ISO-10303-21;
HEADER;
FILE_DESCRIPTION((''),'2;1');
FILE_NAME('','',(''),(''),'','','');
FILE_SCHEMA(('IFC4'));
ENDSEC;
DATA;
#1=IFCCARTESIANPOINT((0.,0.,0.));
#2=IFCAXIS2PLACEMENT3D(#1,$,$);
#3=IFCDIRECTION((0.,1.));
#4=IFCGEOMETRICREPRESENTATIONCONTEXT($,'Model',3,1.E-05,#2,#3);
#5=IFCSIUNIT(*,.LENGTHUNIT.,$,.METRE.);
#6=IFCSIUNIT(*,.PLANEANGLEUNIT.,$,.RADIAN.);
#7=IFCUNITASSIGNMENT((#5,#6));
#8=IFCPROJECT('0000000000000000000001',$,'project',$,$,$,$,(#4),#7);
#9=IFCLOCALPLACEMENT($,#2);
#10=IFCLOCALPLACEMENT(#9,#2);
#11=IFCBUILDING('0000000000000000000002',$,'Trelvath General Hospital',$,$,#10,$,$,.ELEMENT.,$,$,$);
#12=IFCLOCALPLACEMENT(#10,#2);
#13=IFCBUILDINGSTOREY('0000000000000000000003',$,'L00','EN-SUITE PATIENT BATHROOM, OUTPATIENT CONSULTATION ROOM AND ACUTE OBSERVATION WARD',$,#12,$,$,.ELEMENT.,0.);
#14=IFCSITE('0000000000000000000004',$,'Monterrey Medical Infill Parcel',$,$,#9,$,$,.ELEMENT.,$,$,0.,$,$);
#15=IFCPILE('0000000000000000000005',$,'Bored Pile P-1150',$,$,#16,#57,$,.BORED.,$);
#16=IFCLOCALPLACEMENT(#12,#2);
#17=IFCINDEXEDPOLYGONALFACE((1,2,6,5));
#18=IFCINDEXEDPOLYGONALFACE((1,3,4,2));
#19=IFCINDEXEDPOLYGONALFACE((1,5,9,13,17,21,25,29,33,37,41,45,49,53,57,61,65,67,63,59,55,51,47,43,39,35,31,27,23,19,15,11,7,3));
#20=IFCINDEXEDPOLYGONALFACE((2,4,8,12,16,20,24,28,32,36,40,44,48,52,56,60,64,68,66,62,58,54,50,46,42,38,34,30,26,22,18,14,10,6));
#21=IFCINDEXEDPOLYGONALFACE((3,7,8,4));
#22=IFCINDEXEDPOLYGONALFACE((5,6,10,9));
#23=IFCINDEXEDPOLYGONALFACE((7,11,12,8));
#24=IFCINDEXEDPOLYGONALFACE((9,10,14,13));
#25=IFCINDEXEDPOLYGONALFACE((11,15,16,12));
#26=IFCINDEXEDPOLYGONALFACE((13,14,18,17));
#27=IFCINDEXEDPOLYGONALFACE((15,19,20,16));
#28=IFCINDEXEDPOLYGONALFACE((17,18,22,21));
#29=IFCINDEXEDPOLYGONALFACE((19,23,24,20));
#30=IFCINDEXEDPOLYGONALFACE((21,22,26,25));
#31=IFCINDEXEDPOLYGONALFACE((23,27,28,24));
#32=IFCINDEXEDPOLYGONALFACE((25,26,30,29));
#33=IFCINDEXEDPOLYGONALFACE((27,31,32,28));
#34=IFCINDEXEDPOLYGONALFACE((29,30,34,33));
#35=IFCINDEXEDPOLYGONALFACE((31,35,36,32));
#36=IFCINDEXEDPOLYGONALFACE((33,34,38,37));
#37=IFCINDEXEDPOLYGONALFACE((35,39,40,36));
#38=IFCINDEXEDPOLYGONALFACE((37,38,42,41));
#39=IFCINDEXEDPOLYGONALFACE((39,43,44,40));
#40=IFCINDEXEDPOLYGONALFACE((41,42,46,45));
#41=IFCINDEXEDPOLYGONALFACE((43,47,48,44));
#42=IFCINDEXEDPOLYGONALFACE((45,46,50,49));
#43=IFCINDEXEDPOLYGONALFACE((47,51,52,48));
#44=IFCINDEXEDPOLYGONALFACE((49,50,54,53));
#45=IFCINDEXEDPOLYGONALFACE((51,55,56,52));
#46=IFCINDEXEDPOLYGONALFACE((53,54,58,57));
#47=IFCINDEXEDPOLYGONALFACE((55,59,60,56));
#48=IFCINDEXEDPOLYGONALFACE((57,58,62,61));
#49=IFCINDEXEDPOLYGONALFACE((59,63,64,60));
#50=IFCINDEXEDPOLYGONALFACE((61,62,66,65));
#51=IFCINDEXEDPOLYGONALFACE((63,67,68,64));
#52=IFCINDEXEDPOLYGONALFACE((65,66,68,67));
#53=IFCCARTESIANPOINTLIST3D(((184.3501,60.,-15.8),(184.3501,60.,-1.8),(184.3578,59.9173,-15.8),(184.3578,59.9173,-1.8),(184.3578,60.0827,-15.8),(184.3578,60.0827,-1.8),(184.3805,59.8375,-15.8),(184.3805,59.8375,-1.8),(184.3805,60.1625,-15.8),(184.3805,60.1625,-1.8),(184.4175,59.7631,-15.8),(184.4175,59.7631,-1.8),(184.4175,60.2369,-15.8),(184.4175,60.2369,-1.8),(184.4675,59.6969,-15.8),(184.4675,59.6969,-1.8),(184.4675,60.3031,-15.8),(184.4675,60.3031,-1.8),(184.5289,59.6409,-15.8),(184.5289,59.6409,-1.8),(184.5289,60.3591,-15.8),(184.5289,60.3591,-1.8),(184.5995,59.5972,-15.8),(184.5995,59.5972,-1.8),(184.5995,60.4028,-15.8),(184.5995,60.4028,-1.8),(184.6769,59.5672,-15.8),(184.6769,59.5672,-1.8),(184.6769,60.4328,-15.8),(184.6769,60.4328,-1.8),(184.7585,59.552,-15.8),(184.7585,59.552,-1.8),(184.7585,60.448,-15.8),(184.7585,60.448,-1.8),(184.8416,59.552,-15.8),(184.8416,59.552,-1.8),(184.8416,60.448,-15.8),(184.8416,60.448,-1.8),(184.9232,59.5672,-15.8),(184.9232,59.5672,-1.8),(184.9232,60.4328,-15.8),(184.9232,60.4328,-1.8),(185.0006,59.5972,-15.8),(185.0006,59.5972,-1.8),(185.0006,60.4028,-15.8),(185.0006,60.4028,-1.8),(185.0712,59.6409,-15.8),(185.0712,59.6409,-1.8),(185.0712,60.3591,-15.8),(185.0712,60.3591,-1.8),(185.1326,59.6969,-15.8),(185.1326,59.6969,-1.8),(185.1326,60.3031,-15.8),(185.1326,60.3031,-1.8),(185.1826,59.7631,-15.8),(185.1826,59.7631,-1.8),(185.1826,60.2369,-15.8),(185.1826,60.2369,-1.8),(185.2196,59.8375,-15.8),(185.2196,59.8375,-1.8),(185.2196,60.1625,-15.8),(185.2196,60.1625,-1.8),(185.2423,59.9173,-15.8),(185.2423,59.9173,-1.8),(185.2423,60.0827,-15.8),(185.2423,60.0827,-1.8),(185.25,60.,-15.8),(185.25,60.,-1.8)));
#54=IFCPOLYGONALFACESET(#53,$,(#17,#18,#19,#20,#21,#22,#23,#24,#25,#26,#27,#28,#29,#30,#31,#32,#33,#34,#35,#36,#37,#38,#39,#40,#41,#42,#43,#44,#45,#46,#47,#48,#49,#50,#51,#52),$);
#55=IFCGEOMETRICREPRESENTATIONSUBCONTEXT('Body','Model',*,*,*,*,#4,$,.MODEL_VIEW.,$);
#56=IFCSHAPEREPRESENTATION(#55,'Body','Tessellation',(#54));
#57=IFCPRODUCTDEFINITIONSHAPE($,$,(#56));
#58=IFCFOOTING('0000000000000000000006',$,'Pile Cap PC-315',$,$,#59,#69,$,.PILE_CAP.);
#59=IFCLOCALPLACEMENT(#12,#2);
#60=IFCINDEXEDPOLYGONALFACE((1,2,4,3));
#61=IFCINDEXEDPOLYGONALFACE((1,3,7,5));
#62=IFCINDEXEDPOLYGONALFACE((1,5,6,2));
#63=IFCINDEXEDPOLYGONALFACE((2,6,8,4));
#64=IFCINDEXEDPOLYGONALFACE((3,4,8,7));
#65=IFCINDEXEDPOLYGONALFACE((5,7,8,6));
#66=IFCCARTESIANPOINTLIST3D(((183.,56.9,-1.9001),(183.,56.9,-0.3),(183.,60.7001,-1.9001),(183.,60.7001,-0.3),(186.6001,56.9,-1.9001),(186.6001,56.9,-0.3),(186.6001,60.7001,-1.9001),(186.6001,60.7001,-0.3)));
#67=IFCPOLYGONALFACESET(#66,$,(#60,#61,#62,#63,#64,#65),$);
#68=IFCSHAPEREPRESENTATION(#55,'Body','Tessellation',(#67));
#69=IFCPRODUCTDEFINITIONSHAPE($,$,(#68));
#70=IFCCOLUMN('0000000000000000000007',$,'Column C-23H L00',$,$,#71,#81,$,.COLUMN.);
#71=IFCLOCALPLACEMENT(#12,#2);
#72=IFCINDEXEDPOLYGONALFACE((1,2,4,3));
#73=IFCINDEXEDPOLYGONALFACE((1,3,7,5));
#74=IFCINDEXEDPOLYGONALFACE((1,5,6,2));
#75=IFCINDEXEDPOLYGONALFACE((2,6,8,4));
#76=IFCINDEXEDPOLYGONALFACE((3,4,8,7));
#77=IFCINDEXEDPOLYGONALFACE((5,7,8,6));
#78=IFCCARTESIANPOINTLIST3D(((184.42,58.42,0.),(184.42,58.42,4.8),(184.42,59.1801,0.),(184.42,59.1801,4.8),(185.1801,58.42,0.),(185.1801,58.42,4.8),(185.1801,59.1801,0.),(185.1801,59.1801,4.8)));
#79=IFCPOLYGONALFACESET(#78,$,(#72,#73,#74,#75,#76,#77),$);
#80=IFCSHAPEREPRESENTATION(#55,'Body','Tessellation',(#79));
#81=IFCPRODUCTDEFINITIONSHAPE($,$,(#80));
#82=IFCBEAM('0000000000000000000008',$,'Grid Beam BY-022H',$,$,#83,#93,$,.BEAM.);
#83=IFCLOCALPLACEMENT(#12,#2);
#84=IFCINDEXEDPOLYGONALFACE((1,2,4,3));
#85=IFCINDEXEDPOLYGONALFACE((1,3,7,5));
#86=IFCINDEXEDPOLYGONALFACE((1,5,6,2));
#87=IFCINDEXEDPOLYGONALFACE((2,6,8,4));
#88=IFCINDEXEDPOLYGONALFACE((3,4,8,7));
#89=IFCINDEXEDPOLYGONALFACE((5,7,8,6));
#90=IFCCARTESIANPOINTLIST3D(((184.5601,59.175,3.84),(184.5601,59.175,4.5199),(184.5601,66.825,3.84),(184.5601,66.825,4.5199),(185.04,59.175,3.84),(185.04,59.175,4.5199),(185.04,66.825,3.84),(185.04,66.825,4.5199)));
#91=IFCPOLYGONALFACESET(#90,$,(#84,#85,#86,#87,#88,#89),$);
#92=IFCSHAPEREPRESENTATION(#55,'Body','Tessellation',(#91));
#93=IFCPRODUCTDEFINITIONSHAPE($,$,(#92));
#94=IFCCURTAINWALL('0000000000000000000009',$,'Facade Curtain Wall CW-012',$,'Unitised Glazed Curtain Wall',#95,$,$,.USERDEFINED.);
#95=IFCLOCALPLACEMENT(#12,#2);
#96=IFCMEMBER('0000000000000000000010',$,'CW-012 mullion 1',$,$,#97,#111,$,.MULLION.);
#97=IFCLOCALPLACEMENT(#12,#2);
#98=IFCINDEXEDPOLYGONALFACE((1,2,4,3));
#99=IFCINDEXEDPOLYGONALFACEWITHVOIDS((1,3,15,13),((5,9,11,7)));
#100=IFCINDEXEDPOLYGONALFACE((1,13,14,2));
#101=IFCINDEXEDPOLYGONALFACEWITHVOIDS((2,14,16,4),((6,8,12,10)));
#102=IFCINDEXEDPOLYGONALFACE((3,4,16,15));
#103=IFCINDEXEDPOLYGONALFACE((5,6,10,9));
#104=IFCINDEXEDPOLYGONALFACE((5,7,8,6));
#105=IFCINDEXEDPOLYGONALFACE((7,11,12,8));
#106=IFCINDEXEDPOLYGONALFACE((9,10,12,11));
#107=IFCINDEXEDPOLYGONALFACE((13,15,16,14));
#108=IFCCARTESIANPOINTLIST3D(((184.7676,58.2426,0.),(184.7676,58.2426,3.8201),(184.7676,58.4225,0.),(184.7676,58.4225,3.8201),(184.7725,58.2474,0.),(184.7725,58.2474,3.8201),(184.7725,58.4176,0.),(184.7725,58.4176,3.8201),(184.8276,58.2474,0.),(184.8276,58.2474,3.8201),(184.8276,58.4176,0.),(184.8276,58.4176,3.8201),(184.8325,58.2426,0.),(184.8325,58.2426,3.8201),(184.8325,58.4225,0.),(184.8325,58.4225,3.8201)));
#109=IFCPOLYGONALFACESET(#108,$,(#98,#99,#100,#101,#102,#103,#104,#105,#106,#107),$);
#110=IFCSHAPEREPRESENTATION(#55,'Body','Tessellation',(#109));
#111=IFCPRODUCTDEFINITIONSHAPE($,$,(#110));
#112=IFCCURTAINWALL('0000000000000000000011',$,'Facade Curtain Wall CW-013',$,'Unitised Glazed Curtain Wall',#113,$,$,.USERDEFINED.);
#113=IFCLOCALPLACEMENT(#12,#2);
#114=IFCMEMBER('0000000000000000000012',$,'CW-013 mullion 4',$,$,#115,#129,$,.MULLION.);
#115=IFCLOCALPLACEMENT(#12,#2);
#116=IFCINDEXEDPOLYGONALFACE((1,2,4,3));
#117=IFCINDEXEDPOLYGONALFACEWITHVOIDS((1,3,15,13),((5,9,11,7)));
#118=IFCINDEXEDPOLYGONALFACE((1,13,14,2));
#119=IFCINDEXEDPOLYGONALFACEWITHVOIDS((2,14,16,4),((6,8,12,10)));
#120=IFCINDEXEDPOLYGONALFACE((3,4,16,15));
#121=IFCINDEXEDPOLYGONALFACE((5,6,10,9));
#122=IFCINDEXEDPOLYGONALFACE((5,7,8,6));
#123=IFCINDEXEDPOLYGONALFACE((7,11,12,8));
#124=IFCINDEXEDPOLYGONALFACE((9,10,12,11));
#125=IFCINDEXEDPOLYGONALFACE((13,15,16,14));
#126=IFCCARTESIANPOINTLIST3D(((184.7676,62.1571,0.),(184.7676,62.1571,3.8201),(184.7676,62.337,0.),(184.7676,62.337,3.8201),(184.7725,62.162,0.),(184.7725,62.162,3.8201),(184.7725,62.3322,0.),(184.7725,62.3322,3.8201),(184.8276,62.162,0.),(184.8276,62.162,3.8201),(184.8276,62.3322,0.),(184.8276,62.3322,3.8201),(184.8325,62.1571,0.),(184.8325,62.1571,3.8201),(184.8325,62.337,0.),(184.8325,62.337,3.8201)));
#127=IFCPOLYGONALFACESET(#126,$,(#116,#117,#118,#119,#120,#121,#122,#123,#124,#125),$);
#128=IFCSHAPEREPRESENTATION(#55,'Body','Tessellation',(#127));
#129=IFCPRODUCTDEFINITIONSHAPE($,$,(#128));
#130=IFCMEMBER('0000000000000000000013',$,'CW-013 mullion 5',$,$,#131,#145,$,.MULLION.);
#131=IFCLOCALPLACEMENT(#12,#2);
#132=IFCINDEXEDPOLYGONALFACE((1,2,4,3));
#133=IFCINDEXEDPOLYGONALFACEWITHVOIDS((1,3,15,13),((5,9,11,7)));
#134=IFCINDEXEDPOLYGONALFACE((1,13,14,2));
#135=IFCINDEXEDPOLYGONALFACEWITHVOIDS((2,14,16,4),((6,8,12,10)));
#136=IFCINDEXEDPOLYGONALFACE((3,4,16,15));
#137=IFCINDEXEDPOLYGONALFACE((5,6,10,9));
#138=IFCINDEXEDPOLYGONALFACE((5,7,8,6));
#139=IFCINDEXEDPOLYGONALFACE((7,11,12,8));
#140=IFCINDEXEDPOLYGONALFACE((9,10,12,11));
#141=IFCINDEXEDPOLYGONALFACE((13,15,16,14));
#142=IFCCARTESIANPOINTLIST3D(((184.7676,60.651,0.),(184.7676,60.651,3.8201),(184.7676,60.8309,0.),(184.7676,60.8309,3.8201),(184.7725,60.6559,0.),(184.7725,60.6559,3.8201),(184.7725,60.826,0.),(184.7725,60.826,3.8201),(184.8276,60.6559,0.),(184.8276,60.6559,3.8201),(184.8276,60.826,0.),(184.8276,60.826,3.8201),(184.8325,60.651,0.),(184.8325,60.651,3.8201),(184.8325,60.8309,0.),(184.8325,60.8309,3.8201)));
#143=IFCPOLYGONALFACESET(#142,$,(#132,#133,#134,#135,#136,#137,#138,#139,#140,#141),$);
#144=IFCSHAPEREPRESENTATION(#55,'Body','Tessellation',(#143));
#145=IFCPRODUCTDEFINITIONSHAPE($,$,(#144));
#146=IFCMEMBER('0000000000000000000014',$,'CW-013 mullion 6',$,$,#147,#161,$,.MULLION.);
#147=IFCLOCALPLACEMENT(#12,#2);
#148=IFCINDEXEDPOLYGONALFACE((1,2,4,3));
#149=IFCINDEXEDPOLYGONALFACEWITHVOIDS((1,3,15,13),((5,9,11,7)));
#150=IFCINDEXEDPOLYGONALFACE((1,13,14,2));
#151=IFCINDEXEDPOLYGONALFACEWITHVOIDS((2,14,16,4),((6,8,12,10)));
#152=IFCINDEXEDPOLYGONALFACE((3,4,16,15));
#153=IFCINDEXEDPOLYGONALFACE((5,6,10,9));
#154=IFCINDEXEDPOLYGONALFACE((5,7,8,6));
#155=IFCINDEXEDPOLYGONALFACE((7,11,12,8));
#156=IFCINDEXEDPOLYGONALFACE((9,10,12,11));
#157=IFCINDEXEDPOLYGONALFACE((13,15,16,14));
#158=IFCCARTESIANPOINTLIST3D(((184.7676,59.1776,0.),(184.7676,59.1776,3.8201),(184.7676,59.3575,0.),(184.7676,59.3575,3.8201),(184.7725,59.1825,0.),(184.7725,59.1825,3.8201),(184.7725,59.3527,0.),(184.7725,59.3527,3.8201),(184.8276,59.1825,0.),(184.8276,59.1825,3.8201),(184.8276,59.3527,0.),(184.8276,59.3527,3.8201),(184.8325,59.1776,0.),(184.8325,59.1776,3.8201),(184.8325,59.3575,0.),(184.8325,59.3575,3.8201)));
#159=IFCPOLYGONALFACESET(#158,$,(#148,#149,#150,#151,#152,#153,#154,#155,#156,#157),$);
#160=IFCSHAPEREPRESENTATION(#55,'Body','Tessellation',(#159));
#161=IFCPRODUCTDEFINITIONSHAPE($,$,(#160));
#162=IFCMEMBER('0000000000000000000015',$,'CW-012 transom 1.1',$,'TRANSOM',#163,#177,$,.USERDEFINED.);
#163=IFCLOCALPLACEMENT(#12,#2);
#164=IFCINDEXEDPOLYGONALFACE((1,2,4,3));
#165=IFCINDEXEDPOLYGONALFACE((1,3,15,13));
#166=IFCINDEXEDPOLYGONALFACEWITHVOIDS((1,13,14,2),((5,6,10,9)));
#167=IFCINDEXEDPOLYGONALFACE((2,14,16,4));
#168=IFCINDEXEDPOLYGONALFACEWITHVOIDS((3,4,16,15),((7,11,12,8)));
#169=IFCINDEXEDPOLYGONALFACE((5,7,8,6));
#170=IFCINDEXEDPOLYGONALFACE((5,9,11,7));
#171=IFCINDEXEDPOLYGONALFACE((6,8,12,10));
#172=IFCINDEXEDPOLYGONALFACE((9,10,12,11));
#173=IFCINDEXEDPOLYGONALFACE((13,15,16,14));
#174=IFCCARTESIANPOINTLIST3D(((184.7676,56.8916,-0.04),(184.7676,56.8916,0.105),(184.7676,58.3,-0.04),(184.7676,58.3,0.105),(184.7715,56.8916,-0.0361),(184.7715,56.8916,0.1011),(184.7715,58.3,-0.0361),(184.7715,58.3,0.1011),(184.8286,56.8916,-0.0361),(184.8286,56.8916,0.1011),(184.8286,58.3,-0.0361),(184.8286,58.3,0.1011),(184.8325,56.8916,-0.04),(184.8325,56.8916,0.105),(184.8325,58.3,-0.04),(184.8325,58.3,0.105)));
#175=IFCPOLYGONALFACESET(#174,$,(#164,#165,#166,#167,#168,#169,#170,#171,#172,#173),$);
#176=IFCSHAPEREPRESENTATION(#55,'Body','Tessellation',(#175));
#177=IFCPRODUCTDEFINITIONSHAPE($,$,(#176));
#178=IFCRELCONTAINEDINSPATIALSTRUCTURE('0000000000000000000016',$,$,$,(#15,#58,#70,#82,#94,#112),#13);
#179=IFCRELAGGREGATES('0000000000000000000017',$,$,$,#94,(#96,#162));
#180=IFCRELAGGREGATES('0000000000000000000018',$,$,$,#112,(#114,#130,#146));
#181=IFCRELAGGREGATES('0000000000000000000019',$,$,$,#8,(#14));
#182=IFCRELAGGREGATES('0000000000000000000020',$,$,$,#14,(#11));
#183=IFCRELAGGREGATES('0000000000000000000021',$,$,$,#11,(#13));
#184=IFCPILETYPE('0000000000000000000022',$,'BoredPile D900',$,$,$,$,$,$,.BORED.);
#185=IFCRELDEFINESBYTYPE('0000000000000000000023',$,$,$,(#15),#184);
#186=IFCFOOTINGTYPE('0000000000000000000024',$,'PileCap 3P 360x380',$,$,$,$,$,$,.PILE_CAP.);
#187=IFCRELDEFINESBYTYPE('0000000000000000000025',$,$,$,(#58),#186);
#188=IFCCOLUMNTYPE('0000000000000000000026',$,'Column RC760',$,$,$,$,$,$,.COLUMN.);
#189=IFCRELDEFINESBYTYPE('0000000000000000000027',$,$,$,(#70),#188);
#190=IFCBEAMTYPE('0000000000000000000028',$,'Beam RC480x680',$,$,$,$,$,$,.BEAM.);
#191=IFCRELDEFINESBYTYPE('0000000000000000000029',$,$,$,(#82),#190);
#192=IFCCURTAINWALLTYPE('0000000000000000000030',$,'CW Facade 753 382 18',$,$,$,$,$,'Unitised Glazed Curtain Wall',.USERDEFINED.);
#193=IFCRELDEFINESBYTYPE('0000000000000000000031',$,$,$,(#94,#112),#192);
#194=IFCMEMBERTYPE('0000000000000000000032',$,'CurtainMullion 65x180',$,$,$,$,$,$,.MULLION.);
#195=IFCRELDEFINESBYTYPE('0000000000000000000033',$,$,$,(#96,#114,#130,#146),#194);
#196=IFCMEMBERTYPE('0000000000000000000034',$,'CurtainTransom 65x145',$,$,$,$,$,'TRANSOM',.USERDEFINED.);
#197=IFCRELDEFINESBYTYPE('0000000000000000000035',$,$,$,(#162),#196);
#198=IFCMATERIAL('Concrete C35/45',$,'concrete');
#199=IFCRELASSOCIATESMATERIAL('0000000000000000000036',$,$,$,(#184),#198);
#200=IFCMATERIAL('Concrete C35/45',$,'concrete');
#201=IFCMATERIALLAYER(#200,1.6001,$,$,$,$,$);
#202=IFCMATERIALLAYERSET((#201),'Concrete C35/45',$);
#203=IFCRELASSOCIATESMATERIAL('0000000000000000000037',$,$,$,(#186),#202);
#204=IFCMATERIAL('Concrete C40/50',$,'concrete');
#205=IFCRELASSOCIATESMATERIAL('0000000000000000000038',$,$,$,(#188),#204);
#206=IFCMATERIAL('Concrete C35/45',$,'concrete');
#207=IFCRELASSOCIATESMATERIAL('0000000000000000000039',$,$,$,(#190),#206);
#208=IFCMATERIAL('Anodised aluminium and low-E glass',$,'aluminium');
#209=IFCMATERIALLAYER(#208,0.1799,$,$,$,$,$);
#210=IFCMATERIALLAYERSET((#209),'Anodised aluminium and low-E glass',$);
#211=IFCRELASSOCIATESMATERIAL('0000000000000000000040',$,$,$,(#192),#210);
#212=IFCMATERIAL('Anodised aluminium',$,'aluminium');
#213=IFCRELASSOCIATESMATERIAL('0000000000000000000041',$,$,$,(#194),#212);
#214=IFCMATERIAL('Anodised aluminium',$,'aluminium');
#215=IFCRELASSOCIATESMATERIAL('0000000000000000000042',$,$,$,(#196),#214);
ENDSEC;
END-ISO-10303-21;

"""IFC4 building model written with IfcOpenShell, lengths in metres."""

from ifc_helpers import new_model, si_unit, direction, frame, origin, origin_2d, place, context, subcontext, project, spatial, rectangle, hollow_rectangle, circle, extrude, material, layer, layer_set, material_profile, profile_set, type_object, element, aggregate, save


model = new_model("IFC4")

# Units and contexts
model_context = context("Model", 3, precision=1e-05, world=origin(), true_north=direction((0.0, 1.0)))
body_context = subcontext(model_context, "Body", "Model", "MODEL_VIEW")
ifc_project = project(units=[si_unit("LENGTHUNIT", "METRE"), si_unit("PLANEANGLEUNIT", "RADIAN")], contexts=[model_context])

# Site, building, storey
site_placement = place(None, origin())
site = spatial("IfcSite", under=ifc_project, at=site_placement, Name="Monterrey Medical Infill Parcel", CompositionType="ELEMENT", RefElevation=0.0)
building_placement = place(site_placement, origin())
building = spatial("IfcBuilding", under=site, at=building_placement, Name="Trelvath General Hospital", CompositionType="ELEMENT")
storey_placement = place(building_placement, origin())
storey = spatial("IfcBuildingStorey", under=building, at=storey_placement, Name="L00", Description="EN-SUITE PATIENT BATHROOM, OUTPATIENT CONSULTATION ROOM AND ACUTE OBSERVATION WARD", CompositionType="ELEMENT", Elevation=0.0)

# Pile
ifc_material_1 = material(Name="Concrete C35/45", Category="concrete")
ifc_material_profile_1 = material_profile(ifc_material_1, circle(Radius=0.45, at=origin_2d()), Name="PILE900")
ifc_profile_set_1 = profile_set([ifc_material_profile_1], Name="Concrete C35/45")
pile_type = type_object("IfcPileType", Name="BoredPile D900", PredefinedType="BORED", material=ifc_profile_set_1)
pile_placement = place(storey_placement, frame((184.8, 60.0, -1.8), z_axis=(0.0, 0.0, -1.0), x_axis=(1.0, 0.0, 0.0)))
element("IfcPile", 1, at=pile_placement, inside=storey, type_object=pile_type, Name="Bored Pile P-1150", PredefinedType="BORED", context=body_context, shape_type="SweptSolid", body=[
    extrude(circle(Radius=0.45, at=origin_2d()), origin(), (0.0, 0.0, 1.0), 14.0),
])

# Footing
ifc_material_2 = material(Name="Concrete C35/45", Category="concrete")
ifc_layer_1 = layer(ifc_material_2, 1.6001)
ifc_layer_set_1 = layer_set([ifc_layer_1], Name="Concrete C35/45")
footing_type = type_object("IfcFootingType", Name="PileCap 3P 360x380", PredefinedType="PILE_CAP", material=ifc_layer_set_1)
footing_placement = place(storey_placement, frame((184.8, 58.8, -1.9001), z_axis=(0.0, 0.0, 1.0), x_axis=(1.0, 0.0, 0.0)))
element("IfcFooting", 2, at=footing_placement, inside=storey, type_object=footing_type, Name="Pile Cap PC-315", PredefinedType="PILE_CAP", context=body_context, shape_type="SweptSolid", body=[
    extrude(rectangle(XDim=3.6001, YDim=3.8, at=origin_2d()), origin(), (0.0, 0.0, 1.0), 1.6001),
])

# Column
ifc_material_3 = material(Name="Concrete C40/50", Category="concrete")
ifc_material_profile_2 = material_profile(ifc_material_3, rectangle(XDim=0.76, YDim=0.76, at=origin_2d()), Name="RC760x760")
ifc_profile_set_2 = profile_set([ifc_material_profile_2], Name="Concrete C40/50")
column_type = type_object("IfcColumnType", Name="Column RC760", PredefinedType="COLUMN", material=ifc_profile_set_2)
column_placement = place(storey_placement, frame((184.8, 58.8, 0.0), z_axis=(0.0, 0.0, 1.0), x_axis=(1.0, 0.0, 0.0)))
element("IfcColumn", 3, at=column_placement, inside=storey, type_object=column_type, Name="Column C-23H L00", PredefinedType="COLUMN", context=body_context, shape_type="SweptSolid", body=[
    extrude(rectangle(XDim=0.76, YDim=0.76, at=origin_2d()), origin(), (0.0, 0.0, 1.0), 4.8),
])

# Beam
ifc_material_4 = material(Name="Concrete C35/45", Category="concrete")
ifc_material_profile_3 = material_profile(ifc_material_4, rectangle(XDim=0.48, YDim=0.6799, at=origin_2d()), Name="RCB480x680")
ifc_profile_set_3 = profile_set([ifc_material_profile_3], Name="Concrete C35/45")
beam_type = type_object("IfcBeamType", Name="Beam RC480x680", PredefinedType="BEAM", material=ifc_profile_set_3)
beam_placement = place(storey_placement, frame((184.8, 59.175, 4.1799), z_axis=(0.0, 1.0, 0.0), x_axis=(-1.0, 0.0, 0.0)))
element("IfcBeam", 4, at=beam_placement, inside=storey, type_object=beam_type, Name="Grid Beam BY-022H", PredefinedType="BEAM", context=body_context, shape_type="SweptSolid", body=[
    extrude(rectangle(XDim=0.48, YDim=0.6799, at=origin_2d()), origin(), (0.0, 0.0, 1.0), 7.6499),
])

# Curtain wall, member
ifc_material_5 = material(Name="Anodised aluminium and low-E glass", Category="aluminium")
ifc_layer_2 = layer(ifc_material_5, 0.1799)
ifc_layer_set_2 = layer_set([ifc_layer_2], Name="Anodised aluminium and low-E glass")
curtain_wall_type = type_object("IfcCurtainWallType", Name="CW Facade 753 382 18", ElementType="Unitised Glazed Curtain Wall", PredefinedType="USERDEFINED", material=ifc_layer_set_2)
curtain_wall_1_placement = place(storey_placement, origin())
curtain_wall_1 = element("IfcCurtainWall", 5, at=curtain_wall_1_placement, inside=storey, type_object=curtain_wall_type, Name="Facade Curtain Wall CW-012", ObjectType="Unitised Glazed Curtain Wall", PredefinedType="USERDEFINED")
ifc_material_6 = material(Name="Anodised aluminium", Category="aluminium")
ifc_material_profile_4 = material_profile(ifc_material_6, hollow_rectangle(XDim=0.0649, YDim=0.1799, WallThickness=0.0049, at=origin_2d()), Name="RHS65x180x5")
ifc_profile_set_4 = profile_set([ifc_material_profile_4], Name="Anodised aluminium")
member_type_1 = type_object("IfcMemberType", Name="CurtainMullion 65x180", PredefinedType="MULLION", material=ifc_profile_set_4)
member_1_placement = place(storey_placement, frame((184.8, 58.3325, 0.0), z_axis=(0.0, 0.0, 1.0), x_axis=(1.0, 0.0, 0.0)))
member_1 = element("IfcMember", 6, at=member_1_placement, type_object=member_type_1, Name="CW-012 mullion 1", PredefinedType="MULLION", context=body_context, shape_type="SweptSolid", body=[
    extrude(hollow_rectangle(XDim=0.0649, YDim=0.1799, WallThickness=0.0049, at=origin_2d()), origin(), (0.0, 0.0, 1.0), 3.8201),
])

# Curtain wall, members
curtain_wall_2_placement = place(storey_placement, origin())
curtain_wall_2 = element("IfcCurtainWall", 7, at=curtain_wall_2_placement, inside=storey, type_object=curtain_wall_type, Name="Facade Curtain Wall CW-013", ObjectType="Unitised Glazed Curtain Wall", PredefinedType="USERDEFINED")
member_2_placement = place(storey_placement, frame((184.8, 62.2471, 0.0), z_axis=(0.0, 0.0, 1.0), x_axis=(1.0, 0.0, 0.0)))
member_2 = element("IfcMember", 8, at=member_2_placement, type_object=member_type_1, Name="CW-013 mullion 4", PredefinedType="MULLION", context=body_context, shape_type="SweptSolid", body=[
    extrude(hollow_rectangle(XDim=0.0649, YDim=0.1799, WallThickness=0.0049, at=origin_2d()), origin(), (0.0, 0.0, 1.0), 3.8201),
])
member_3_placement = place(storey_placement, frame((184.8, 60.741, 0.0), z_axis=(0.0, 0.0, 1.0), x_axis=(1.0, 0.0, 0.0)))
member_3 = element("IfcMember", 9, at=member_3_placement, type_object=member_type_1, Name="CW-013 mullion 5", PredefinedType="MULLION", context=body_context, shape_type="SweptSolid", body=[
    extrude(hollow_rectangle(XDim=0.0649, YDim=0.1799, WallThickness=0.0049, at=origin_2d()), origin(), (0.0, 0.0, 1.0), 3.8201),
])
member_4_placement = place(storey_placement, frame((184.8, 59.2676, 0.0), z_axis=(0.0, 0.0, 1.0), x_axis=(1.0, 0.0, 0.0)))
member_4 = element("IfcMember", 10, at=member_4_placement, type_object=member_type_1, Name="CW-013 mullion 6", PredefinedType="MULLION", context=body_context, shape_type="SweptSolid", body=[
    extrude(hollow_rectangle(XDim=0.0649, YDim=0.1799, WallThickness=0.0049, at=origin_2d()), origin(), (0.0, 0.0, 1.0), 3.8201),
])

# Member
ifc_material_7 = material(Name="Anodised aluminium", Category="aluminium")
ifc_material_profile_5 = material_profile(ifc_material_7, hollow_rectangle(XDim=0.0649, YDim=0.145, WallThickness=0.0039, at=origin_2d()), Name="RHS65x145x4")
ifc_profile_set_5 = profile_set([ifc_material_profile_5], Name="Anodised aluminium")
member_type_2 = type_object("IfcMemberType", Name="CurtainTransom 65x145", ElementType="TRANSOM", PredefinedType="USERDEFINED", material=ifc_profile_set_5)
member_5_placement = place(storey_placement, frame((184.8, 58.3, 0.0325), z_axis=(0.0, -1.0, 0.0), x_axis=(1.0, 0.0, 0.0)))
member_5 = element("IfcMember", 11, at=member_5_placement, type_object=member_type_2, Name="CW-012 transom 1.1", ObjectType="TRANSOM", PredefinedType="USERDEFINED", context=body_context, shape_type="SweptSolid", body=[
    extrude(hollow_rectangle(XDim=0.0649, YDim=0.145, WallThickness=0.0039, at=origin_2d()), origin(), (0.0, 0.0, 1.0), 1.4084),
])
aggregate(curtain_wall_1, [member_1, member_5])

aggregate(curtain_wall_2, [member_2, member_3, member_4])

save(model, "model.ifc")
